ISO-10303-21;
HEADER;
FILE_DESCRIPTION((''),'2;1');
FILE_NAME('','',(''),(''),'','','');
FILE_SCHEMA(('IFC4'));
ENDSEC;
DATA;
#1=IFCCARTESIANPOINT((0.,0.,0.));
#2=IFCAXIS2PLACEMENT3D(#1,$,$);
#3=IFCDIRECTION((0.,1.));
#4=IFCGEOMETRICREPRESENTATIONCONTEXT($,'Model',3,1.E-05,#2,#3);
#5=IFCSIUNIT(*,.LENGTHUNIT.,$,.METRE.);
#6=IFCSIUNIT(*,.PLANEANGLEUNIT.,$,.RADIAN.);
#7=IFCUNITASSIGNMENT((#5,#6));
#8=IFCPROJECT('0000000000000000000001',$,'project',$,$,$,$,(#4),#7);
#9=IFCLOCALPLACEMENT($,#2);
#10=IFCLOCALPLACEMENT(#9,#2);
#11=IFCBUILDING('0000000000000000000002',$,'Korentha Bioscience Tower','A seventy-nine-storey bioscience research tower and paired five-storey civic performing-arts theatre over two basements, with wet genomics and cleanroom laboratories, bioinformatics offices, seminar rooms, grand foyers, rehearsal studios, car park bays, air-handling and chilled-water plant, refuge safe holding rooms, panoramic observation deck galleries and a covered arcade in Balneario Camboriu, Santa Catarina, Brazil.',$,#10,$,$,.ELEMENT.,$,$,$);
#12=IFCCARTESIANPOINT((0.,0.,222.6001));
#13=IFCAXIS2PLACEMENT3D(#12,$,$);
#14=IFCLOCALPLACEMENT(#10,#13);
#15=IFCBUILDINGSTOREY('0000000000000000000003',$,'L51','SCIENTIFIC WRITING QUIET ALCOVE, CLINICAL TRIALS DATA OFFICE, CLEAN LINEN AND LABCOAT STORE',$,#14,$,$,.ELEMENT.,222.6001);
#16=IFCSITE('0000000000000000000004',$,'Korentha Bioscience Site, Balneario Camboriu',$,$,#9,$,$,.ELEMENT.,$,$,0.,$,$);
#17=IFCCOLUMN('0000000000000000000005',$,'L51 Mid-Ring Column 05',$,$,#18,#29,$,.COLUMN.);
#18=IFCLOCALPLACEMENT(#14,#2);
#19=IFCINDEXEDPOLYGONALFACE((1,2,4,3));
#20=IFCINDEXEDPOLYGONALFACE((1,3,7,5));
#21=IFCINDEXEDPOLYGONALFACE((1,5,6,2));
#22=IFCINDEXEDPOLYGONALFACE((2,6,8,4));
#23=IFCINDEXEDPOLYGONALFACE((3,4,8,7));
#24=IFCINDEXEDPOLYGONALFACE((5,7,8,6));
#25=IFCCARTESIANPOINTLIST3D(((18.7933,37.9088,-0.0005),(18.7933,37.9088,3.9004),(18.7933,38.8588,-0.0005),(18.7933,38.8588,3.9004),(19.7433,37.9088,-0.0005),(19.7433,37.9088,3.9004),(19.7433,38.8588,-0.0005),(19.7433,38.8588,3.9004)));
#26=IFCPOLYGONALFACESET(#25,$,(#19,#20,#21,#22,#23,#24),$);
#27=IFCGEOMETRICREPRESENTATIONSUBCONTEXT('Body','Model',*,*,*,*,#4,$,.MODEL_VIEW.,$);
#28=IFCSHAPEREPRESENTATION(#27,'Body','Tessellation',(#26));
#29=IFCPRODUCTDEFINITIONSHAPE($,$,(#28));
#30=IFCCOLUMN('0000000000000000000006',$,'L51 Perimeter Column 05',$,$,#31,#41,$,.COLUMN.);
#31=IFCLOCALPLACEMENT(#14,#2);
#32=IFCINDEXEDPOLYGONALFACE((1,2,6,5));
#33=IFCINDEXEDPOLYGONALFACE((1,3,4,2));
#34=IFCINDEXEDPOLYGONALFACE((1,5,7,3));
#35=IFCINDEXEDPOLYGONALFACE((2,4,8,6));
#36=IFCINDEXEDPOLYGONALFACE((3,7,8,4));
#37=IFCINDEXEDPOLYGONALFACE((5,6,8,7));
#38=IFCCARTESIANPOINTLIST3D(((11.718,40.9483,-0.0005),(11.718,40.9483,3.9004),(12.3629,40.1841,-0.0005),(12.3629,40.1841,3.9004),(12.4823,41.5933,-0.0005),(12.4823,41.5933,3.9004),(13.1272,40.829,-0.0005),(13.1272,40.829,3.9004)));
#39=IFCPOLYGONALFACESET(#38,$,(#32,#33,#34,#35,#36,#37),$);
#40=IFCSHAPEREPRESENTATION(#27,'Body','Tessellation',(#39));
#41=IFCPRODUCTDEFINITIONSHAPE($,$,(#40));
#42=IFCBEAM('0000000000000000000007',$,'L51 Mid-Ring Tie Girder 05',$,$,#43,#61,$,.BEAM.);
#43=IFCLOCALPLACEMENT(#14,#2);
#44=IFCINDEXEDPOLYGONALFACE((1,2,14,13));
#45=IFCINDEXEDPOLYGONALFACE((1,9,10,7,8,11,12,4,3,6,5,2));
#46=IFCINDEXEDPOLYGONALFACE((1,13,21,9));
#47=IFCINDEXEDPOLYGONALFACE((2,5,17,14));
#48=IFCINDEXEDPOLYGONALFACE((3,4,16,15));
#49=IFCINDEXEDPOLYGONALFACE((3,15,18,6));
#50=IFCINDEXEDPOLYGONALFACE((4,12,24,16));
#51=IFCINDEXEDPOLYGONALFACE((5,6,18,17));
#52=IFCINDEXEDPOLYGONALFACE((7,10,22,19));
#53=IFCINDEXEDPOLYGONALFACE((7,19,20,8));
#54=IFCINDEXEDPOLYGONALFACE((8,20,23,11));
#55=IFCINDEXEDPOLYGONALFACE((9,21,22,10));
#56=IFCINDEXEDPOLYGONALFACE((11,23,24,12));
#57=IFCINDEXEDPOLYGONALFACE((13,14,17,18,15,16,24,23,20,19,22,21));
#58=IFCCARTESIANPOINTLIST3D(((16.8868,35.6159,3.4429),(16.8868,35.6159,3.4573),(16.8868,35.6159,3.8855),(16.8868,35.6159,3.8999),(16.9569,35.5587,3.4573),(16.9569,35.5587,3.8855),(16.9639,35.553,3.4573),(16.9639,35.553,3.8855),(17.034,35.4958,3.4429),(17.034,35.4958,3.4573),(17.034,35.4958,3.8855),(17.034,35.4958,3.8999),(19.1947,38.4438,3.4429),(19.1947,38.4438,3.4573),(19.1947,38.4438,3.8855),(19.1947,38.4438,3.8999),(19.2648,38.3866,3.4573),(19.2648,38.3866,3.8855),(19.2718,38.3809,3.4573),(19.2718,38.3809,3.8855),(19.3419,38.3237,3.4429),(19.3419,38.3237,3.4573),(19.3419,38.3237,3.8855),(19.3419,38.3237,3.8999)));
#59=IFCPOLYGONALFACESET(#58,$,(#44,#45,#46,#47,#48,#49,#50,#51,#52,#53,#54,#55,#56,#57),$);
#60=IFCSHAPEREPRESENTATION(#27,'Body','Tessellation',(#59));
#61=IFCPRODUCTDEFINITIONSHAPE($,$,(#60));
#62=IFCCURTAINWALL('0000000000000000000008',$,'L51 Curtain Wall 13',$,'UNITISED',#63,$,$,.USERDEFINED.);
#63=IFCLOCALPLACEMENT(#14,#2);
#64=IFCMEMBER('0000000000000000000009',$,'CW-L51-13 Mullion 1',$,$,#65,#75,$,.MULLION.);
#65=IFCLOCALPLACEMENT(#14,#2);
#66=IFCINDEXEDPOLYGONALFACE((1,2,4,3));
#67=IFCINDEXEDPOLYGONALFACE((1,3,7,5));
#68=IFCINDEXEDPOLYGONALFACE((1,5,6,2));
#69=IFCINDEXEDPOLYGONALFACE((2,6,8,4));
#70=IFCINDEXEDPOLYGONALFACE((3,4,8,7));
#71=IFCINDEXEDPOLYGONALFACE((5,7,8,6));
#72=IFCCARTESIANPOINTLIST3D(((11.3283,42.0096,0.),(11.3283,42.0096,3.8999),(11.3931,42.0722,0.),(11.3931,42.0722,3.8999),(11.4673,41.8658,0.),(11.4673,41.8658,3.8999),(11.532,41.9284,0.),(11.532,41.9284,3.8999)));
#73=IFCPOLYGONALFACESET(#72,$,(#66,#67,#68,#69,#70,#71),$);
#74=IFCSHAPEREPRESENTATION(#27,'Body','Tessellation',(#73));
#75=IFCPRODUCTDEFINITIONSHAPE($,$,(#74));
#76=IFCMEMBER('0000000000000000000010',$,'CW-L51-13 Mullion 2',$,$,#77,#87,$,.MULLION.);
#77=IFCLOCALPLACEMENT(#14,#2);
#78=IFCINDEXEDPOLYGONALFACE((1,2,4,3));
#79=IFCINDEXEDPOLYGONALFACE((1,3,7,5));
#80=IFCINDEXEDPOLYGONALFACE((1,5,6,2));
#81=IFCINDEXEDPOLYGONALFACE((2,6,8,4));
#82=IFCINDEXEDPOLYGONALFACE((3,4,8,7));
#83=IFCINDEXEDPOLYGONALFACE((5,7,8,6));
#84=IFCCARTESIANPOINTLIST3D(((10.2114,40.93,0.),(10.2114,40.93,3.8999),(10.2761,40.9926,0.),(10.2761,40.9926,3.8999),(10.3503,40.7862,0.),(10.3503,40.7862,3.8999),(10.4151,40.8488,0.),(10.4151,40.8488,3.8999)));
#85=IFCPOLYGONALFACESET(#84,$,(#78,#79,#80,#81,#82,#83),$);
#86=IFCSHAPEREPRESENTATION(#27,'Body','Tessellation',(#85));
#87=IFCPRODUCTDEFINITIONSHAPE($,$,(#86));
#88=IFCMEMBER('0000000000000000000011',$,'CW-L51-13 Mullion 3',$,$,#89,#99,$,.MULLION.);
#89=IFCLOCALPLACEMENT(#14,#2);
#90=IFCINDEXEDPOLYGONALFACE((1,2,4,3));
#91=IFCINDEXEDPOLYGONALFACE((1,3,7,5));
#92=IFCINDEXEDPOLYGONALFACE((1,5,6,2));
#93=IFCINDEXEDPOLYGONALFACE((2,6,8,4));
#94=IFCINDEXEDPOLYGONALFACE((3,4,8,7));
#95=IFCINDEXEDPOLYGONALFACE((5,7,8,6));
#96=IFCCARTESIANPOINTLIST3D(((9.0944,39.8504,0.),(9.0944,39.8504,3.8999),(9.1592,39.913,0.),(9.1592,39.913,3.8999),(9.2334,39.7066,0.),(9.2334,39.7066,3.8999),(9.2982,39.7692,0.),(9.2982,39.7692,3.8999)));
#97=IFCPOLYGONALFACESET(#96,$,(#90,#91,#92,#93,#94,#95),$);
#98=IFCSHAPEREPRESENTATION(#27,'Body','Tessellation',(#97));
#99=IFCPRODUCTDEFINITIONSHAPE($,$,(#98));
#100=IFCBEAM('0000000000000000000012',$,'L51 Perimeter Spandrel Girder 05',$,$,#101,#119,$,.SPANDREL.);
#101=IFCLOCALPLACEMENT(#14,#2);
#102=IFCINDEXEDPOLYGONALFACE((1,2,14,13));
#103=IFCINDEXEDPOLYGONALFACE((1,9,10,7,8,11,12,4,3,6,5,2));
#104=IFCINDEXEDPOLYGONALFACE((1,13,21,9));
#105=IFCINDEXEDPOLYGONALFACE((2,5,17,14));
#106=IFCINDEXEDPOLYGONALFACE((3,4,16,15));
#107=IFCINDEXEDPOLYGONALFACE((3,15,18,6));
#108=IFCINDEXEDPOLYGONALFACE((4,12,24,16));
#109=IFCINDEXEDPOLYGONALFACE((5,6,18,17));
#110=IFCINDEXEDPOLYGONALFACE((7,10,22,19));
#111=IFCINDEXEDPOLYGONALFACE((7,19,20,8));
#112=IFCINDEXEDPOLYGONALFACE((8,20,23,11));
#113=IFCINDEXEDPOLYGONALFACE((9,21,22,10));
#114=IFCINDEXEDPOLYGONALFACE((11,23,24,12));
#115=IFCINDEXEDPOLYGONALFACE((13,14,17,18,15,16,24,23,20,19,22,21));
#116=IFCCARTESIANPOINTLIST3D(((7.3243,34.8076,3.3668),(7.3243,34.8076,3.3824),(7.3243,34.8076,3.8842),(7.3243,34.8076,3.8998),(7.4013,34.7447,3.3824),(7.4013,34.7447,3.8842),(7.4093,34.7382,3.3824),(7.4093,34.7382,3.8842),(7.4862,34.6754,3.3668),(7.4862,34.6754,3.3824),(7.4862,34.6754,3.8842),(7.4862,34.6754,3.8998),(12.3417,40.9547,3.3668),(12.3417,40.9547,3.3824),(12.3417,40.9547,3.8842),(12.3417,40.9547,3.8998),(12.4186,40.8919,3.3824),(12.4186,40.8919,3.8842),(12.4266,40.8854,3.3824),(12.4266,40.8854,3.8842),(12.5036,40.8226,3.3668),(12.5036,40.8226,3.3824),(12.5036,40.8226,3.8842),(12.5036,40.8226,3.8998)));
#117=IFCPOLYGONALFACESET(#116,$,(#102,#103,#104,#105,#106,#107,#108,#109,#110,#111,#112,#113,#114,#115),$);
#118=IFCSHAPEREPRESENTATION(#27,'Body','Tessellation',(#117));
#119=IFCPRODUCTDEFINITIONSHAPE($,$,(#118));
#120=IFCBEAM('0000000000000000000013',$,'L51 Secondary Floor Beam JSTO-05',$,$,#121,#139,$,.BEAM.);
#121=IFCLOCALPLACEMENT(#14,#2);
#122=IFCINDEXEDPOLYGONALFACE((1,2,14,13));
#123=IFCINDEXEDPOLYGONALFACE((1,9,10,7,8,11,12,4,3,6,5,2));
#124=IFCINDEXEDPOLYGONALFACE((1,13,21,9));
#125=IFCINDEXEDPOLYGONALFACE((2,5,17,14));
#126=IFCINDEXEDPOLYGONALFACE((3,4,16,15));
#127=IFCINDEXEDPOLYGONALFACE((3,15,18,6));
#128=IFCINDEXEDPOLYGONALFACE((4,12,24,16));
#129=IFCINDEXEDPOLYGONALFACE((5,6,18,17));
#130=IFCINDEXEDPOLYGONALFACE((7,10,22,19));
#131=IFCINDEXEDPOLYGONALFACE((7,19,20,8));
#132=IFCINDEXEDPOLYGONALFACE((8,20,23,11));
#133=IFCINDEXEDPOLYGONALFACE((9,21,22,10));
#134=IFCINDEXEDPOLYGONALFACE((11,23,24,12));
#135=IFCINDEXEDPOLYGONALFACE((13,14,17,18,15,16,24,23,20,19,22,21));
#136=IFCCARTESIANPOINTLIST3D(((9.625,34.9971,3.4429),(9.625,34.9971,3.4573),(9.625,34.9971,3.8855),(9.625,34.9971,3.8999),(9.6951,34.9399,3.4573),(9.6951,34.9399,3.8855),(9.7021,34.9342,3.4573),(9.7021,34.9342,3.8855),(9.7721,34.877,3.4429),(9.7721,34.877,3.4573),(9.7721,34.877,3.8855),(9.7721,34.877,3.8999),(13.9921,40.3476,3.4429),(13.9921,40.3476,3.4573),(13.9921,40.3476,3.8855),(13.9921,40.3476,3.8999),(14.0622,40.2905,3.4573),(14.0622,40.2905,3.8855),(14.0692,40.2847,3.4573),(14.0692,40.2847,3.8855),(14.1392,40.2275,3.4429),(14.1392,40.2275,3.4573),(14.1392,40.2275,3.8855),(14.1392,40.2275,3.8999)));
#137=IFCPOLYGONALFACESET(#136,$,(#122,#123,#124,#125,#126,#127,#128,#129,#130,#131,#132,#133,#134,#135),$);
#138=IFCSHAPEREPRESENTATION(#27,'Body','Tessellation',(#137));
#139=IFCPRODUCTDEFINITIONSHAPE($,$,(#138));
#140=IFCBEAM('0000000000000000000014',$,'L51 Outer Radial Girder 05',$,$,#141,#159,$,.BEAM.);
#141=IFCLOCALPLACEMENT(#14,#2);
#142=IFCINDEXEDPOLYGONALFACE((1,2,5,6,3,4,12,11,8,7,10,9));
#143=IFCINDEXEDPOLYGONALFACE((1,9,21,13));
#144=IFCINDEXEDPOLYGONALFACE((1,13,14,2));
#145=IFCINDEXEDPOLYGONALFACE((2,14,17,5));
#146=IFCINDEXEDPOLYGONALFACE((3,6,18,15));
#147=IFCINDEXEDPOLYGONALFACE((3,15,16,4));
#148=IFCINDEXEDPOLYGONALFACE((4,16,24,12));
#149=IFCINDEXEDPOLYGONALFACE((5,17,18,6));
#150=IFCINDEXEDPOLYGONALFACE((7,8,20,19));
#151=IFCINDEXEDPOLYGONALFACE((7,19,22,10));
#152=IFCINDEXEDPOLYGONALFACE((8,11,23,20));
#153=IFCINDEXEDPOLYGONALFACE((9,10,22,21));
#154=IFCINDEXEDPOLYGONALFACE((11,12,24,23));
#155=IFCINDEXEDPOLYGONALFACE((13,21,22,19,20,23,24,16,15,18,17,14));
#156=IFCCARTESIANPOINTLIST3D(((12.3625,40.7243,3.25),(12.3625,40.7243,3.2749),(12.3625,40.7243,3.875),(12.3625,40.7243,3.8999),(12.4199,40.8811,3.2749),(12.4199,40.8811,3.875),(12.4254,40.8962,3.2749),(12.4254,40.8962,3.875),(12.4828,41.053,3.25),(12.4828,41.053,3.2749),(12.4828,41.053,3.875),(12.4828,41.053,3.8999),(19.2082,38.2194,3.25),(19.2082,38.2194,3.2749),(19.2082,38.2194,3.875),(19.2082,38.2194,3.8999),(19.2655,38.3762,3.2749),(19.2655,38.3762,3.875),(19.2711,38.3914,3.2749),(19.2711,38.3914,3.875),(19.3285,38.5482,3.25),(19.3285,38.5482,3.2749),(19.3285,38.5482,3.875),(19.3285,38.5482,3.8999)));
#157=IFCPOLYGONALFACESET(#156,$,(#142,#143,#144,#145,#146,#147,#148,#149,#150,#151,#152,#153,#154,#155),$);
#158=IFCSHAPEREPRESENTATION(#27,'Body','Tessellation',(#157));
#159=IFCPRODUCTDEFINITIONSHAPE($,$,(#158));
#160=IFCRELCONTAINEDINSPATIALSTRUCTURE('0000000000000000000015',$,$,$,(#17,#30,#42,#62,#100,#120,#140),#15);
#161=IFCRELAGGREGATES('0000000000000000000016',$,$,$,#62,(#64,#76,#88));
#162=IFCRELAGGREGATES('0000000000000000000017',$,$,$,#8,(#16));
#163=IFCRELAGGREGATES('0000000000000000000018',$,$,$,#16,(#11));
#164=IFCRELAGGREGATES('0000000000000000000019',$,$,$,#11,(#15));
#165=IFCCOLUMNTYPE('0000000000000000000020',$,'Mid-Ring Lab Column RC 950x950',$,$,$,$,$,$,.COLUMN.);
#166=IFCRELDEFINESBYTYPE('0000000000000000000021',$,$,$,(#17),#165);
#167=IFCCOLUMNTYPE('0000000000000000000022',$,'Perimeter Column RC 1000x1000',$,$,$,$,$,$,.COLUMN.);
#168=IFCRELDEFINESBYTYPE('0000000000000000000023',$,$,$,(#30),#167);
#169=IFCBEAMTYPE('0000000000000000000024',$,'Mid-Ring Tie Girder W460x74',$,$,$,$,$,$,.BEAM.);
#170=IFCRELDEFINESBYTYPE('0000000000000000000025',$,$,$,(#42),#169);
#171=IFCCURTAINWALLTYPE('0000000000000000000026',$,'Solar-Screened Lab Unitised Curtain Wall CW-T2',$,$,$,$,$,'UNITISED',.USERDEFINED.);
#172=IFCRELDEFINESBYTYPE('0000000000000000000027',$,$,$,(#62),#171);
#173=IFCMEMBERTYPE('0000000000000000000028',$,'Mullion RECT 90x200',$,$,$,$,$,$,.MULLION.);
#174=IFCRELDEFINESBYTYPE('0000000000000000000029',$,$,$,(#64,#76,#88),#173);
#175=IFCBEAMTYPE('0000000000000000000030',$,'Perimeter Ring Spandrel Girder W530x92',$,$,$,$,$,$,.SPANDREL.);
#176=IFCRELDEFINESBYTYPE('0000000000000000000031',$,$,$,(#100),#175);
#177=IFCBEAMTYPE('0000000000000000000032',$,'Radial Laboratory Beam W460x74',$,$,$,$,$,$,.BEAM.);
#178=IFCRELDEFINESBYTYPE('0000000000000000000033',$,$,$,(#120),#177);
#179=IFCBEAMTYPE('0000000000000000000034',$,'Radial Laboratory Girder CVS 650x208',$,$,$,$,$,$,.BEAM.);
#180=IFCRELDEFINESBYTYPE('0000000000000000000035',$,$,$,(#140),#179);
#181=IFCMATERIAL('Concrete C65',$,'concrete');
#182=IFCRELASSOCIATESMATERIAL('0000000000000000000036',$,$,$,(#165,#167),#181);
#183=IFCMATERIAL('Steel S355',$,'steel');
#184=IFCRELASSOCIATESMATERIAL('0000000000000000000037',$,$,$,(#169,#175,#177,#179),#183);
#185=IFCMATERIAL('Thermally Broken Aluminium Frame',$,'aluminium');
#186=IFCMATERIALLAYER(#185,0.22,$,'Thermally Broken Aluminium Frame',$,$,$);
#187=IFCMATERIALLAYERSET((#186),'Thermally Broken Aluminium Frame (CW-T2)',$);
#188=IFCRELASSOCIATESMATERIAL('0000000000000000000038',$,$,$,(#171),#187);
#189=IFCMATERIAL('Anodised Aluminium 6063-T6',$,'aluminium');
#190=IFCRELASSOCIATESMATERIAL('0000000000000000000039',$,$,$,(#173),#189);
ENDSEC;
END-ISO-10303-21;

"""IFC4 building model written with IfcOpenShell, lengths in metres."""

from ifc_helpers import new_model, si_unit, direction, frame, origin, origin_2d, place, context, subcontext, project, spatial, rectangle, i_section, extrude, material, layer, layer_set, material_profile, profile_set, type_object, element, aggregate, save


model = new_model("IFC4")

# Units and contexts
model_context = context("Model", 3, precision=1e-05, world=origin(), true_north=direction((0.0, 1.0)))
body_context = subcontext(model_context, "Body", "Model", "MODEL_VIEW")
ifc_project = project(units=[si_unit("LENGTHUNIT", "METRE"), si_unit("PLANEANGLEUNIT", "RADIAN")], contexts=[model_context])

# Site, building, storey
site_placement = place(None, origin())
site = spatial("IfcSite", under=ifc_project, at=site_placement, Name="Korentha Bioscience Site, Balneario Camboriu", CompositionType="ELEMENT", RefElevation=0.0)
building_placement = place(site_placement, origin())
building = spatial("IfcBuilding", under=site, at=building_placement, Name="Korentha Bioscience Tower", Description="A seventy-nine-storey bioscience research tower and paired five-storey civic performing-arts theatre over two basements, with wet genomics and cleanroom laboratories, bioinformatics offices, seminar rooms, grand foyers, rehearsal studios, car park bays, air-handling and chilled-water plant, refuge safe holding rooms, panoramic observation deck galleries and a covered arcade in Balneario Camboriu, Santa Catarina, Brazil.", CompositionType="ELEMENT")
storey_placement = place(building_placement, frame((0.0, 0.0, 222.6001)))
storey = spatial("IfcBuildingStorey", under=building, at=storey_placement, Name="L51", Description="SCIENTIFIC WRITING QUIET ALCOVE, CLINICAL TRIALS DATA OFFICE, CLEAN LINEN AND LABCOAT STORE", CompositionType="ELEMENT", Elevation=222.6001)

# Columns
ifc_material_1 = material(Name="Concrete C65", Category="concrete")
ifc_material_profile_1 = material_profile(ifc_material_1, rectangle(XDim=0.95, YDim=0.95, at=origin_2d()), Name="Concrete C65")
ifc_profile_set_1 = profile_set([ifc_material_profile_1], Name="Concrete C65 (COL-MR09)")
column_type_1 = type_object("IfcColumnType", Name="Mid-Ring Lab Column RC 950x950", PredefinedType="COLUMN", material=ifc_profile_set_1)
column_1_placement = place(storey_placement, frame((19.2683, 38.3838, -0.0005), z_axis=(0.0, 0.0, 1.0), x_axis=(1.0, 0.0, 0.0)))
element("IfcColumn", 1, at=column_1_placement, inside=storey, type_object=column_type_1, Name="L51 Mid-Ring Column 05", PredefinedType="COLUMN", context=body_context, shape_type="SweptSolid", body=[
    extrude(rectangle(XDim=0.95, YDim=0.95, at=origin_2d()), origin(), (0.0, 0.0, 1.0), 3.9009),
])
ifc_material_profile_2 = material_profile(ifc_material_1, rectangle(XDim=1.0, YDim=1.0, at=origin_2d()), Name="Concrete C65")
ifc_profile_set_2 = profile_set([ifc_material_profile_2], Name="Concrete C65 (COL-P10)")
column_type_2 = type_object("IfcColumnType", Name="Perimeter Column RC 1000x1000", PredefinedType="COLUMN", material=ifc_profile_set_2)
column_2_placement = place(storey_placement, frame((12.4226, 40.8887, -0.0005), z_axis=(0.0, 0.0, 1.0), x_axis=(0.764246, 0.644924, 0.0)))
element("IfcColumn", 2, at=column_2_placement, inside=storey, type_object=column_type_2, Name="L51 Perimeter Column 05", PredefinedType="COLUMN", context=body_context, shape_type="SweptSolid", body=[
    extrude(rectangle(XDim=1.0, YDim=1.0, at=origin_2d()), origin(), (0.0, 0.0, 1.0), 3.9009),
])

# Beam
ifc_material_2 = material(Name="Steel S355", Category="steel")
ifc_material_profile_3 = material_profile(ifc_material_2, i_section(OverallWidth=0.1899, OverallDepth=0.457, WebThickness=0.009, FlangeThickness=0.0144, at=origin_2d()), Name="Steel S355")
ifc_profile_set_3 = profile_set([ifc_material_profile_3], Name="Steel S355 (MB-460)")
beam_type_1 = type_object("IfcBeamType", Name="Mid-Ring Tie Girder W460x74", PredefinedType="BEAM", material=ifc_profile_set_3)
beam_1_placement = place(storey_placement, frame((19.2683, 38.3838, 3.6714), z_axis=(-0.632276, -0.774743, 0.0), x_axis=(0.774743, -0.632276, 0.0)))
element("IfcBeam", 3, at=beam_1_placement, inside=storey, type_object=beam_type_1, Name="L51 Mid-Ring Tie Girder 05", PredefinedType="BEAM", context=body_context, shape_type="SweptSolid", body=[
    extrude(i_section(OverallWidth=0.1899, OverallDepth=0.457, WebThickness=0.009, FlangeThickness=0.0144, at=origin_2d()), origin(), (0.0, 0.0, 1.0), 3.6501),
])

# Curtain wall, members
ifc_material_3 = material(Name="Thermally Broken Aluminium Frame", Category="aluminium")
ifc_layer_1 = layer(ifc_material_3, 0.22, Name="Thermally Broken Aluminium Frame")
ifc_layer_set_1 = layer_set([ifc_layer_1], Name="Thermally Broken Aluminium Frame (CW-T2)")
curtain_wall_type = type_object("IfcCurtainWallType", Name="Solar-Screened Lab Unitised Curtain Wall CW-T2", ElementType="UNITISED", PredefinedType="USERDEFINED", material=ifc_layer_set_1)
curtain_wall_placement = place(storey_placement, origin())
curtain_wall = element("IfcCurtainWall", 4, at=curtain_wall_placement, inside=storey, type_object=curtain_wall_type, Name="L51 Curtain Wall 13", ObjectType="UNITISED", PredefinedType="USERDEFINED")
ifc_material_4 = material(Name="Anodised Aluminium 6063-T6", Category="aluminium")
ifc_material_profile_4 = material_profile(ifc_material_4, rectangle(XDim=0.0901, YDim=0.2, at=origin_2d()), Name="Anodised Aluminium 6063-T6")
ifc_profile_set_4 = profile_set([ifc_material_profile_4], Name="Anodised Aluminium 6063-T6 (CW-MUL)")
member_type_1 = type_object("IfcMemberType", Name="Mullion RECT 90x200", PredefinedType="MULLION", material=ifc_profile_set_4)
member_1_placement = place(storey_placement, frame((11.4302, 41.969, 0.0), z_axis=(0.0, 0.0, 1.0), x_axis=(-0.719, -0.69501, 0.0)))
member_1 = element("IfcMember", 5, at=member_1_placement, type_object=member_type_1, Name="CW-L51-13 Mullion 1", PredefinedType="MULLION", context=body_context, shape_type="SweptSolid", body=[
    extrude(rectangle(XDim=0.0901, YDim=0.2, at=origin_2d()), origin(), (0.0, 0.0, 1.0), 3.8999),
])
member_2_placement = place(storey_placement, frame((10.3132, 40.8894, 0.0), z_axis=(0.0, 0.0, 1.0), x_axis=(-0.719, -0.69501, 0.0)))
member_2 = element("IfcMember", 6, at=member_2_placement, type_object=member_type_1, Name="CW-L51-13 Mullion 2", PredefinedType="MULLION", context=body_context, shape_type="SweptSolid", body=[
    extrude(rectangle(XDim=0.0901, YDim=0.2, at=origin_2d()), origin(), (0.0, 0.0, 1.0), 3.8999),
])
member_3_placement = place(storey_placement, frame((9.1963, 39.8098, 0.0), z_axis=(0.0, 0.0, 1.0), x_axis=(-0.719, -0.69501, 0.0)))
member_3 = element("IfcMember", 7, at=member_3_placement, type_object=member_type_1, Name="CW-L51-13 Mullion 3", PredefinedType="MULLION", context=body_context, shape_type="SweptSolid", body=[
    extrude(rectangle(XDim=0.0901, YDim=0.2, at=origin_2d()), origin(), (0.0, 0.0, 1.0), 3.8999),
])

# Beams
ifc_material_profile_5 = material_profile(ifc_material_2, i_section(OverallWidth=0.209, OverallDepth=0.533, WebThickness=0.0103, FlangeThickness=0.0156, at=origin_2d()), Name="Steel S355")
ifc_profile_set_5 = profile_set([ifc_material_profile_5], Name="Steel S355 (SB-530)")
beam_type_2 = type_object("IfcBeamType", Name="Perimeter Ring Spandrel Girder W530x92", PredefinedType="SPANDREL", material=ifc_profile_set_5)
beam_2_placement = place(storey_placement, frame((12.4226, 40.8887, 3.6333), z_axis=(-0.632316, -0.774711, 0.0), x_axis=(0.774711, -0.632316, 0.0)))
element("IfcBeam", 8, at=beam_2_placement, inside=storey, type_object=beam_type_2, Name="L51 Perimeter Spandrel Girder 05", PredefinedType="SPANDREL", context=body_context, shape_type="SweptSolid", body=[
    extrude(i_section(OverallWidth=0.209, OverallDepth=0.533, WebThickness=0.0103, FlangeThickness=0.0156, at=origin_2d()), origin(), (0.0, 0.0, 1.0), 7.9348),
])
ifc_material_profile_6 = material_profile(ifc_material_2, i_section(OverallWidth=0.1899, OverallDepth=0.457, WebThickness=0.009, FlangeThickness=0.0144, at=origin_2d()), Name="Steel S355")
ifc_profile_set_6 = profile_set([ifc_material_profile_6], Name="Steel S355 (RB-460)")
beam_type_3 = type_object("IfcBeamType", Name="Radial Laboratory Beam W460x74", PredefinedType="BEAM", material=ifc_profile_set_6)
beam_3_placement = place(storey_placement, frame((14.0657, 40.2876, 3.6714), z_axis=(-0.632321, -0.774706, 0.0), x_axis=(0.774706, -0.632321, 0.0)))
element("IfcBeam", 9, at=beam_3_placement, inside=storey, type_object=beam_type_3, Name="L51 Secondary Floor Beam JSTO-05", PredefinedType="BEAM", context=body_context, shape_type="SweptSolid", body=[
    extrude(i_section(OverallWidth=0.1899, OverallDepth=0.457, WebThickness=0.009, FlangeThickness=0.0144, at=origin_2d()), origin(), (0.0, 0.0, 1.0), 6.9065),
])
ifc_material_profile_7 = material_profile(ifc_material_2, i_section(OverallWidth=0.3501, OverallDepth=0.6499, WebThickness=0.0161, FlangeThickness=0.0249, at=origin_2d()), Name="Steel S355")
ifc_profile_set_7 = profile_set([ifc_material_profile_7], Name="Steel S355 (RB-650)")
beam_type_4 = type_object("IfcBeamType", Name="Radial Laboratory Girder CVS 650x208", PredefinedType="BEAM", material=ifc_profile_set_7)
beam_4_placement = place(storey_placement, frame((19.2683, 38.3838, 3.575), z_axis=(-0.939107, 0.343625, 0.0), x_axis=(-0.343625, -0.939107, 0.0)))
element("IfcBeam", 10, at=beam_4_placement, inside=storey, type_object=beam_type_4, Name="L51 Outer Radial Girder 05", PredefinedType="BEAM", context=body_context, shape_type="SweptSolid", body=[
    extrude(i_section(OverallWidth=0.3501, OverallDepth=0.6499, WebThickness=0.0161, FlangeThickness=0.0249, at=origin_2d()), origin(), (0.0, 0.0, 1.0), 7.2896),
])

aggregate(curtain_wall, [member_1, member_2, member_3])

save(model, "model.ifc")
